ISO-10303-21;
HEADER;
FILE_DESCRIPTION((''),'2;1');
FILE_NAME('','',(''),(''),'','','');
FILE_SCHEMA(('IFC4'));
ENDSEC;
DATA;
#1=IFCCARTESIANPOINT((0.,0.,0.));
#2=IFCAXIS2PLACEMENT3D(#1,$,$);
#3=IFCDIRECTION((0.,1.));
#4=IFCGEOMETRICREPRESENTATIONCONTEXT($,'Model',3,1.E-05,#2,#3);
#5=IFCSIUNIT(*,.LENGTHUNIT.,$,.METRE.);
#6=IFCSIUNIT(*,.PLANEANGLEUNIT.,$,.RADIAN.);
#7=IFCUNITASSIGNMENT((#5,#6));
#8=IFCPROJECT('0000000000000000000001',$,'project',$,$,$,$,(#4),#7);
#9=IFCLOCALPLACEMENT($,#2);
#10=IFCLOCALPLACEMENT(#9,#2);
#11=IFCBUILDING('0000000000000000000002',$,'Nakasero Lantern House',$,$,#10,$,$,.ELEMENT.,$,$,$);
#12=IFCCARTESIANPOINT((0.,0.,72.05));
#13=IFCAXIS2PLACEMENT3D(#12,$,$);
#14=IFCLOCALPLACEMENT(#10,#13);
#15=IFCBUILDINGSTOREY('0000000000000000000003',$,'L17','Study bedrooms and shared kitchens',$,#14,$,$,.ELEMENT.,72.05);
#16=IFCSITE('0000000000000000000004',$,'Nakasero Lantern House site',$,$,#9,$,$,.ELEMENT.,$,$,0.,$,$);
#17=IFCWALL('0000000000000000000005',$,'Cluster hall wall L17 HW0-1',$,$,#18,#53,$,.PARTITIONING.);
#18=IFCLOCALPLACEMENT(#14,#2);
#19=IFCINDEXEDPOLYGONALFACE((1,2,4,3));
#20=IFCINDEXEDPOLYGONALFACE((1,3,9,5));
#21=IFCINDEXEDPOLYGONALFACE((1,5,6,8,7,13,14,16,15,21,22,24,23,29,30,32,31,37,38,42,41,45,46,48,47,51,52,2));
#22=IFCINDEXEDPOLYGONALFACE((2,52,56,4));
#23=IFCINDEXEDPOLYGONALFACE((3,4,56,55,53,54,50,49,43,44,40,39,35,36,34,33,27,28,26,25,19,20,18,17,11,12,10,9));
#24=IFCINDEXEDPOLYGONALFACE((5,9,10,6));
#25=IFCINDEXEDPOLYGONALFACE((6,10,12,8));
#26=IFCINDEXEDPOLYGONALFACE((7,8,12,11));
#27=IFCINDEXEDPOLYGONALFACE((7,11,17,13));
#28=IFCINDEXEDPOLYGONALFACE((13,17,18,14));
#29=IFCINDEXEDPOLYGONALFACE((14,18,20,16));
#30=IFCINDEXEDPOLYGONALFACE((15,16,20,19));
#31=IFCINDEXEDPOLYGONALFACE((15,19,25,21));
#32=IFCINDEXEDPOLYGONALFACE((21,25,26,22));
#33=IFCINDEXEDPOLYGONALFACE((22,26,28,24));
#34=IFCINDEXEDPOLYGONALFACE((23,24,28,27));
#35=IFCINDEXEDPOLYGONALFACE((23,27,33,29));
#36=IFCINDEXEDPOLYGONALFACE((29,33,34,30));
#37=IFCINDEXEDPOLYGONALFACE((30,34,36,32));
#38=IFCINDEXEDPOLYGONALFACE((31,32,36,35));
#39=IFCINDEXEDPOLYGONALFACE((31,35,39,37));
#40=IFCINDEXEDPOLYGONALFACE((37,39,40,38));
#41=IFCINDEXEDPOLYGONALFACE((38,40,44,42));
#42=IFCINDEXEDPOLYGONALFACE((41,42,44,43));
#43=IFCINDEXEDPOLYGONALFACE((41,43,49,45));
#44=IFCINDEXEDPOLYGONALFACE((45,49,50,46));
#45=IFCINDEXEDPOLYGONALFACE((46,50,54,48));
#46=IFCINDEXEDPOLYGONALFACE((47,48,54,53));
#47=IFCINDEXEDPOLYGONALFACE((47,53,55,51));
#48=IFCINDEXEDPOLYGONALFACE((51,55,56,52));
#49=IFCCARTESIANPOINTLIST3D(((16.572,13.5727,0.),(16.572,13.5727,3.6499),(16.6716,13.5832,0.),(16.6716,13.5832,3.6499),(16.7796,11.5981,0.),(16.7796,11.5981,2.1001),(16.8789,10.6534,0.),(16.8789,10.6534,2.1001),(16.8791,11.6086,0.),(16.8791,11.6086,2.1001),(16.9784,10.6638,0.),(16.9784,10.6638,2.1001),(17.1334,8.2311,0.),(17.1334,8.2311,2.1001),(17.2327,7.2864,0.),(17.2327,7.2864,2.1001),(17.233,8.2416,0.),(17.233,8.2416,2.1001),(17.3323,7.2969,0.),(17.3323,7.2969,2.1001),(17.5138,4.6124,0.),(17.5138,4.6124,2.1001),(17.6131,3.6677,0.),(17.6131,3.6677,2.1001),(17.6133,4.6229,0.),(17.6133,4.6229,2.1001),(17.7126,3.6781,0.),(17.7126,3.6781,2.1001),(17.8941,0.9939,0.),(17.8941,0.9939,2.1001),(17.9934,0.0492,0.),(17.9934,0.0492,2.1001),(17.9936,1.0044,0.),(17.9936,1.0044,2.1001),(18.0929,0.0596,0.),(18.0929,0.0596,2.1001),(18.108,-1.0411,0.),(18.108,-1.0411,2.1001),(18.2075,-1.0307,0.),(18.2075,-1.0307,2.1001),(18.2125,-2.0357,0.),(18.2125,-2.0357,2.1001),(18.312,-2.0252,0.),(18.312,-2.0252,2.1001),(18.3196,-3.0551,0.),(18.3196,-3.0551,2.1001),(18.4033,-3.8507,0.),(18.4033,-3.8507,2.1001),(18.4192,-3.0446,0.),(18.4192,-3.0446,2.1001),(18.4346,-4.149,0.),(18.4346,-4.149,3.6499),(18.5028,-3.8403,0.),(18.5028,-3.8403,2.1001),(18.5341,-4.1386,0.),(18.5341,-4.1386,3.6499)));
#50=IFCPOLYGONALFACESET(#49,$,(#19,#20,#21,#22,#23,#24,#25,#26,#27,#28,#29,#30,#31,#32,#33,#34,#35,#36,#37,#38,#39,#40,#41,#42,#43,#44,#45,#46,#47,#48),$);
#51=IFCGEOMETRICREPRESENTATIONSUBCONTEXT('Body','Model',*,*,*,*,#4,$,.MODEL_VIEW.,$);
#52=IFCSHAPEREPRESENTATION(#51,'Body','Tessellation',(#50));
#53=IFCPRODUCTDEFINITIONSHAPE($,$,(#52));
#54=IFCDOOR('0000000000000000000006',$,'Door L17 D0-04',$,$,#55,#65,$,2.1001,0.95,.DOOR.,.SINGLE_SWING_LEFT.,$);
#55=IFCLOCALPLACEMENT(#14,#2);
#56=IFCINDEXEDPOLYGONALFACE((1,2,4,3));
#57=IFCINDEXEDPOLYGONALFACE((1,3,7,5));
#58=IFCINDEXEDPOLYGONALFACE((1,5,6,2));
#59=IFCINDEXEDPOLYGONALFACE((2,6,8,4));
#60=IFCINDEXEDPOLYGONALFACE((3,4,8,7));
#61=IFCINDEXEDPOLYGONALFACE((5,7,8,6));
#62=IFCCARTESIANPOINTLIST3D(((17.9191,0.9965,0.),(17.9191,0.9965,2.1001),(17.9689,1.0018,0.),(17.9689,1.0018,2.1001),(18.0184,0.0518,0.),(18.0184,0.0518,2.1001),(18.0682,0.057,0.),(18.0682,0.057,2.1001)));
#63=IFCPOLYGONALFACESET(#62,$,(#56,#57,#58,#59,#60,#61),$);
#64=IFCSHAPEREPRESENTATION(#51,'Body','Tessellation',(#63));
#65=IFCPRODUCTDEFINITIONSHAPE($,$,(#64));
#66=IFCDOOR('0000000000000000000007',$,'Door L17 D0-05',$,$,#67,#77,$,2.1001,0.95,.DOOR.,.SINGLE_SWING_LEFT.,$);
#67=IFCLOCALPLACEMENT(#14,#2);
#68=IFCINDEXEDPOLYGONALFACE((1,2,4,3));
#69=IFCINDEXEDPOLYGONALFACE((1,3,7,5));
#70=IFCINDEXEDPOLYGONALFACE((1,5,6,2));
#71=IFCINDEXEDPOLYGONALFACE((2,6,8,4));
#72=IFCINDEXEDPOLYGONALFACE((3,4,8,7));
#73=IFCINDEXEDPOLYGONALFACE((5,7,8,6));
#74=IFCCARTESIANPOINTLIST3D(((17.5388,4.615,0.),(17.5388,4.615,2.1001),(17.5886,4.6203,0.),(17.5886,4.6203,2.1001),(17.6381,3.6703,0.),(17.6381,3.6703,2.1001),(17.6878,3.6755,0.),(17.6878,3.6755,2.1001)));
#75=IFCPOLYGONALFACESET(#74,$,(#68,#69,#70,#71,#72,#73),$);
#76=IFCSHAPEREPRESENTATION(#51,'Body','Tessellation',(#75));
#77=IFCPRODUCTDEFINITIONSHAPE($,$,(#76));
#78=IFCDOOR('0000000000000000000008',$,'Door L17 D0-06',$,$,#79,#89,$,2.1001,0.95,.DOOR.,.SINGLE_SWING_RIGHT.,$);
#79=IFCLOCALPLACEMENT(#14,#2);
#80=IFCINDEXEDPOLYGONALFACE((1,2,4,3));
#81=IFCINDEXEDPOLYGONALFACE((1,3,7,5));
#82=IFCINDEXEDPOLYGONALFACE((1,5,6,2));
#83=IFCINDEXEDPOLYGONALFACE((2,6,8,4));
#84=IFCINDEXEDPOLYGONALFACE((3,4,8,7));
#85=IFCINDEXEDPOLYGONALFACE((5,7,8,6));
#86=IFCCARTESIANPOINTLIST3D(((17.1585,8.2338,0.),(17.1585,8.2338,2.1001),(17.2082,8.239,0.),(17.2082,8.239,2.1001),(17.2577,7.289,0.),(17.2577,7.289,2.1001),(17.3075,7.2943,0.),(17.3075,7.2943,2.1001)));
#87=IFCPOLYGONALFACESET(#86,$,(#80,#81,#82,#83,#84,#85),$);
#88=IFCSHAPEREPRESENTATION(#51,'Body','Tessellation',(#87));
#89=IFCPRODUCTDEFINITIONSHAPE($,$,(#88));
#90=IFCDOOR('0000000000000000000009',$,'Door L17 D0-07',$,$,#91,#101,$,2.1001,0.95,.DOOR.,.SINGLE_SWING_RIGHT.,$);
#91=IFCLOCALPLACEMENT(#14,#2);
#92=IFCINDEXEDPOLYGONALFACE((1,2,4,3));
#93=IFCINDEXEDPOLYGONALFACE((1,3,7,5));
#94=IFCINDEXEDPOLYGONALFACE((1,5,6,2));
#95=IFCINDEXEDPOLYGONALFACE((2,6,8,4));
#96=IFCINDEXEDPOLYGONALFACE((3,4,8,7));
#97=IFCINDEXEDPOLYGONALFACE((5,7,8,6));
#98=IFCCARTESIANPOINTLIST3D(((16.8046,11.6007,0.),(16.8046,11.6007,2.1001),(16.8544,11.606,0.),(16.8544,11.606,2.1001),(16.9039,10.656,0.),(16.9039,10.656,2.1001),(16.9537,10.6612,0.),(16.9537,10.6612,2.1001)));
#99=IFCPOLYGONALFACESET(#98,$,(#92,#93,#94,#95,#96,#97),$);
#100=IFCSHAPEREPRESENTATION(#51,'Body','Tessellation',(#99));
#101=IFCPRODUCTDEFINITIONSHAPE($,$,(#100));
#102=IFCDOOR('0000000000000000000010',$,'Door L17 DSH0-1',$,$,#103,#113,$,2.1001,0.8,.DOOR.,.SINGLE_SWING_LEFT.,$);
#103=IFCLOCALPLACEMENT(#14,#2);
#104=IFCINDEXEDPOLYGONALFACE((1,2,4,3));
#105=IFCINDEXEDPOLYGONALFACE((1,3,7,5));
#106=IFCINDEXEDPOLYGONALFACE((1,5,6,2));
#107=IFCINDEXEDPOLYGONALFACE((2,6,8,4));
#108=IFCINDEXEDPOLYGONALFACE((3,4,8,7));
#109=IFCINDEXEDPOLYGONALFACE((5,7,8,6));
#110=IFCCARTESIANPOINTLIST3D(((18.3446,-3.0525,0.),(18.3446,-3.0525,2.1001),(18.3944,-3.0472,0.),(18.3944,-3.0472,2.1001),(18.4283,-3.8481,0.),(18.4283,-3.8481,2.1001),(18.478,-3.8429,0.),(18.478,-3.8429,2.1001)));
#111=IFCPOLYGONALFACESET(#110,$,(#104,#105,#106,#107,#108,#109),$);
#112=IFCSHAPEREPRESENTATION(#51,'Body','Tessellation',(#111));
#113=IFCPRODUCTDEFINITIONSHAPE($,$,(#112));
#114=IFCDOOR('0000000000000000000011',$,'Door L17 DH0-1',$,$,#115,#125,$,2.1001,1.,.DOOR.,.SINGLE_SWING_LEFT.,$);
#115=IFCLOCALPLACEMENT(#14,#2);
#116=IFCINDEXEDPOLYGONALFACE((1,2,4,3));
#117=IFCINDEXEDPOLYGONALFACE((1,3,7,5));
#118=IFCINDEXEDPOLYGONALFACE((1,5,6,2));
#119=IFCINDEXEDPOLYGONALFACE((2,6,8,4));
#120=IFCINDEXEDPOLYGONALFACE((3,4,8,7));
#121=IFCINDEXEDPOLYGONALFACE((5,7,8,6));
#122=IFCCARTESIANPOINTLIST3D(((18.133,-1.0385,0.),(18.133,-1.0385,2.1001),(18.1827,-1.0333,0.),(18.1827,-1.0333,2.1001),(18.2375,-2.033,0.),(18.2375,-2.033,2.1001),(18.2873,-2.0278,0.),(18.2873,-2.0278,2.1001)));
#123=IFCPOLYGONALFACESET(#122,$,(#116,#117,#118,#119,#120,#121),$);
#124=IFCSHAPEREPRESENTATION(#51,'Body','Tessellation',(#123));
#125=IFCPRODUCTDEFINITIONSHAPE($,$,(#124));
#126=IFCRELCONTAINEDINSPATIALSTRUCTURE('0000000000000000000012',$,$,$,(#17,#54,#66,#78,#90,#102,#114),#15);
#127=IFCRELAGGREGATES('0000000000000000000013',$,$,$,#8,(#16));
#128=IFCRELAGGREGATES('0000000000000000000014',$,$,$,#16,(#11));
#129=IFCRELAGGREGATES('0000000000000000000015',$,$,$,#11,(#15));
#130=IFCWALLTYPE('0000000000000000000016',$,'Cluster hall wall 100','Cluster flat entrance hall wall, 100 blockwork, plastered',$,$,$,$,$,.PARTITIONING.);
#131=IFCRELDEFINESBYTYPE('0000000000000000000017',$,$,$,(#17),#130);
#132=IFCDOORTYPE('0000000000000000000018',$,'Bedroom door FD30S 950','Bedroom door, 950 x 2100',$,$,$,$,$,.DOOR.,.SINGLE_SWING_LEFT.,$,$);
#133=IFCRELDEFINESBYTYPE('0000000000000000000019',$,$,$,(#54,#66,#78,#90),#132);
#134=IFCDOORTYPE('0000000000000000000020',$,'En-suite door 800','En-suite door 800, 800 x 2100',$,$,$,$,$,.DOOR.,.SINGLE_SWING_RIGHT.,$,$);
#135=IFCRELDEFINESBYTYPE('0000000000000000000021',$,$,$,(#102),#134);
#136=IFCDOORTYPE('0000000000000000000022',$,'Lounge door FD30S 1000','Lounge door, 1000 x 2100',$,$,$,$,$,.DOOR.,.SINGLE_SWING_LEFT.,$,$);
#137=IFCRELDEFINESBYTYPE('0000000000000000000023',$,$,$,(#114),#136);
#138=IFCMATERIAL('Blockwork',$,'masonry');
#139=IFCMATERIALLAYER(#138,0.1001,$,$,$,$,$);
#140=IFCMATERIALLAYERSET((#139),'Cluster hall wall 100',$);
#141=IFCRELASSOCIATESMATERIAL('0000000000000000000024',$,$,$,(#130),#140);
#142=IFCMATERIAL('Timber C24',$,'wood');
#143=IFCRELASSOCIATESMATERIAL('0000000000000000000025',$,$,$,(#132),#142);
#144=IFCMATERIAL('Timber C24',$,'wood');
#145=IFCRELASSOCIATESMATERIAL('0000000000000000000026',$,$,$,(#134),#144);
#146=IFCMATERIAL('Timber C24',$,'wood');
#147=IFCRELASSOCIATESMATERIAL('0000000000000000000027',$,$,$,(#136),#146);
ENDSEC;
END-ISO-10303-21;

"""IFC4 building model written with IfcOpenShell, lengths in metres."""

from ifc_helpers import new_model, si_unit, direction, frame, frame_2d, origin, place, context, subcontext, project, spatial, rectangle, extrude, material, layer, layer_set, type_object, element, fill, save


model = new_model("IFC4")

# Units and contexts
model_context = context("Model", 3, precision=1e-05, world=origin(), true_north=direction((0.0, 1.0)))
body_context = subcontext(model_context, "Body", "Model", "MODEL_VIEW")
ifc_project = project(units=[si_unit("LENGTHUNIT", "METRE"), si_unit("PLANEANGLEUNIT", "RADIAN")], contexts=[model_context])

# Site, building, storey
site_placement = place(None, origin())
site = spatial("IfcSite", under=ifc_project, at=site_placement, Name="Nakasero Lantern House site", CompositionType="ELEMENT", RefElevation=0.0)
building_placement = place(site_placement, origin())
building = spatial("IfcBuilding", under=site, at=building_placement, Name="Nakasero Lantern House", CompositionType="ELEMENT")
storey_placement = place(building_placement, frame((0.0, 0.0, 72.05)))
storey = spatial("IfcBuildingStorey", under=building, at=storey_placement, Name="L17", Description="Study bedrooms and shared kitchens", CompositionType="ELEMENT", Elevation=72.05)

# Wall, openings, doors
ifc_material_1 = material(Name="Blockwork", Category="masonry")
ifc_layer_1 = layer(ifc_material_1, 0.1001)
ifc_layer_set_1 = layer_set([ifc_layer_1], Name="Cluster hall wall 100")
wall_type_1 = type_object("IfcWallType", Name="Cluster hall wall 100", Description="Cluster flat entrance hall wall, 100 blockwork, plastered", PredefinedType="PARTITIONING", material=ifc_layer_set_1)
wall_1_placement = place(storey_placement, frame((18.4844, -4.1438, 0.0), z_axis=(0.0, 0.0, 1.0), x_axis=(-0.104524, 0.994522, 0.0)))
wall_1 = element("IfcWall", 1, at=wall_1_placement, inside=storey, type_object=wall_type_1, Name="Cluster hall wall L17 HW0-1", PredefinedType="PARTITIONING", context=body_context, shape_type="SweptSolid", body=[
    extrude(rectangle(XDim=17.8193, YDim=0.1001, at=frame_2d((8.9097, 0.0))), origin(), (0.0, 0.0, 1.0), 3.6499),
])
opening_1_placement = place(wall_1_placement, frame((2.125, 0.0, 0.0)))
opening_1 = element("IfcOpeningElement", 2, at=opening_1_placement, cuts=wall_1, PredefinedType="OPENING", context=body_context, shape_type="SweptSolid", body=[
    extrude(rectangle(XDim=1.0, YDim=2.1001, at=frame_2d((0.5, 1.05))), frame((0.0, 0.0701, 0.0), z_axis=(0.0, -1.0, 0.0), x_axis=(1.0, 0.0, 0.0)), (0.0, 0.0, 1.0), 0.1401),
])
opening_2_placement = place(wall_1_placement, frame((0.3, 0.0, 0.0)))
opening_2 = element("IfcOpeningElement", 3, at=opening_2_placement, cuts=wall_1, PredefinedType="OPENING", context=body_context, shape_type="SweptSolid", body=[
    extrude(rectangle(XDim=0.8, YDim=2.1001, at=frame_2d((0.3999, 1.05))), frame((0.0, 0.0701, 0.0), z_axis=(0.0, -1.0, 0.0), x_axis=(1.0, 0.0, 0.0)), (0.0, 0.0, 1.0), 0.1401),
])
opening_3_placement = place(wall_1_placement, frame((4.2212, 0.0, 0.0)))
opening_3 = element("IfcOpeningElement", 4, at=opening_3_placement, cuts=wall_1, PredefinedType="OPENING", context=body_context, shape_type="SweptSolid", body=[
    extrude(rectangle(XDim=0.95, YDim=2.1001, at=frame_2d((0.4751, 1.05))), frame((0.0, 0.0701, 0.0), z_axis=(0.0, -1.0, 0.0), x_axis=(1.0, 0.0, 0.0)), (0.0, 0.0, 1.0), 0.1401),
])
opening_4_placement = place(wall_1_placement, frame((7.8596, 0.0, 0.0)))
opening_4 = element("IfcOpeningElement", 5, at=opening_4_placement, cuts=wall_1, PredefinedType="OPENING", context=body_context, shape_type="SweptSolid", body=[
    extrude(rectangle(XDim=0.95, YDim=2.1001, at=frame_2d((0.4751, 1.05))), frame((0.0, 0.0701, 0.0), z_axis=(0.0, -1.0, 0.0), x_axis=(1.0, 0.0, 0.0)), (0.0, 0.0, 1.0), 0.1401),
])
opening_5_placement = place(wall_1_placement, frame((11.4983, 0.0, 0.0)))
opening_5 = element("IfcOpeningElement", 6, at=opening_5_placement, cuts=wall_1, PredefinedType="OPENING", context=body_context, shape_type="SweptSolid", body=[
    extrude(rectangle(XDim=0.95, YDim=2.1001, at=frame_2d((0.4751, 1.05))), frame((0.0, 0.0701, 0.0), z_axis=(0.0, -1.0, 0.0), x_axis=(1.0, 0.0, 0.0)), (0.0, 0.0, 1.0), 0.1401),
])
opening_6_placement = place(wall_1_placement, frame((14.8838, 0.0, 0.0)))
opening_6 = element("IfcOpeningElement", 7, at=opening_6_placement, cuts=wall_1, PredefinedType="OPENING", context=body_context, shape_type="SweptSolid", body=[
    extrude(rectangle(XDim=0.95, YDim=2.1001, at=frame_2d((0.4751, 1.05))), frame((0.0, 0.0701, 0.0), z_axis=(0.0, -1.0, 0.0), x_axis=(1.0, 0.0, 0.0)), (0.0, 0.0, 1.0), 0.1401),
])
ifc_material_2 = material(Name="Timber C24", Category="wood")
door_type_1 = type_object("IfcDoorType", Name="Bedroom door FD30S 950", Description="Bedroom door, 950 x 2100", OperationType="SINGLE_SWING_LEFT", PredefinedType="DOOR", material=ifc_material_2)
door_1_placement = place(opening_3_placement, origin())
door_1 = element("IfcDoor", 8, at=door_1_placement, inside=storey, type_object=door_type_1, Name="Door L17 D0-04", OperationType="SINGLE_SWING_LEFT", OverallHeight=2.1001, OverallWidth=0.95, PredefinedType="DOOR", context=body_context, shape_type="SweptSolid", body=[
    extrude(rectangle(XDim=0.95, YDim=2.1001, at=frame_2d((0.4751, 1.05))), frame((0.0, 0.0249, 0.0), z_axis=(0.0, -1.0, 0.0), x_axis=(1.0, 0.0, 0.0)), (0.0, 0.0, 1.0), 0.05),
])
fill(opening_3, door_1)
door_2_placement = place(opening_4_placement, origin())
door_2 = element("IfcDoor", 9, at=door_2_placement, inside=storey, type_object=door_type_1, Name="Door L17 D0-05", OperationType="SINGLE_SWING_LEFT", OverallHeight=2.1001, OverallWidth=0.95, PredefinedType="DOOR", context=body_context, shape_type="SweptSolid", body=[
    extrude(rectangle(XDim=0.95, YDim=2.1001, at=frame_2d((0.4751, 1.05))), frame((0.0, 0.0249, 0.0), z_axis=(0.0, -1.0, 0.0), x_axis=(1.0, 0.0, 0.0)), (0.0, 0.0, 1.0), 0.05),
])
fill(opening_4, door_2)
door_3_placement = place(opening_5_placement, origin())
door_3 = element("IfcDoor", 10, at=door_3_placement, inside=storey, type_object=door_type_1, Name="Door L17 D0-06", OperationType="SINGLE_SWING_RIGHT", OverallHeight=2.1001, OverallWidth=0.95, PredefinedType="DOOR", context=body_context, shape_type="SweptSolid", body=[
    extrude(rectangle(XDim=0.95, YDim=2.1001, at=frame_2d((0.4751, 1.05))), frame((0.0, 0.0249, 0.0), z_axis=(0.0, -1.0, 0.0), x_axis=(1.0, 0.0, 0.0)), (0.0, 0.0, 1.0), 0.05),
])
fill(opening_5, door_3)
door_4_placement = place(opening_6_placement, origin())
door_4 = element("IfcDoor", 11, at=door_4_placement, inside=storey, type_object=door_type_1, Name="Door L17 D0-07", OperationType="SINGLE_SWING_RIGHT", OverallHeight=2.1001, OverallWidth=0.95, PredefinedType="DOOR", context=body_context, shape_type="SweptSolid", body=[
    extrude(rectangle(XDim=0.95, YDim=2.1001, at=frame_2d((0.4751, 1.05))), frame((0.0, 0.0249, 0.0), z_axis=(0.0, -1.0, 0.0), x_axis=(1.0, 0.0, 0.0)), (0.0, 0.0, 1.0), 0.05),
])
fill(opening_6, door_4)
ifc_material_3 = material(Name="Timber C24", Category="wood")
door_type_2 = type_object("IfcDoorType", Name="En-suite door 800", Description="En-suite door 800, 800 x 2100", OperationType="SINGLE_SWING_RIGHT", PredefinedType="DOOR", material=ifc_material_3)
door_5_placement = place(opening_2_placement, origin())
door_5 = element("IfcDoor", 12, at=door_5_placement, inside=storey, type_object=door_type_2, Name="Door L17 DSH0-1", OperationType="SINGLE_SWING_LEFT", OverallHeight=2.1001, OverallWidth=0.8, PredefinedType="DOOR", context=body_context, shape_type="SweptSolid", body=[
    extrude(rectangle(XDim=0.8, YDim=2.1001, at=frame_2d((0.3999, 1.05))), frame((0.0, 0.0249, 0.0), z_axis=(0.0, -1.0, 0.0), x_axis=(1.0, 0.0, 0.0)), (0.0, 0.0, 1.0), 0.05),
])
fill(opening_2, door_5)
ifc_material_4 = material(Name="Timber C24", Category="wood")
door_type_3 = type_object("IfcDoorType", Name="Lounge door FD30S 1000", Description="Lounge door, 1000 x 2100", OperationType="SINGLE_SWING_LEFT", PredefinedType="DOOR", material=ifc_material_4)
door_6_placement = place(opening_1_placement, origin())
door_6 = element("IfcDoor", 13, at=door_6_placement, inside=storey, type_object=door_type_3, Name="Door L17 DH0-1", OperationType="SINGLE_SWING_LEFT", OverallHeight=2.1001, OverallWidth=1.0, PredefinedType="DOOR", context=body_context, shape_type="SweptSolid", body=[
    extrude(rectangle(XDim=1.0, YDim=2.1001, at=frame_2d((0.5, 1.05))), frame((0.0, 0.0249, 0.0), z_axis=(0.0, -1.0, 0.0), x_axis=(1.0, 0.0, 0.0)), (0.0, 0.0, 1.0), 0.05),
])
fill(opening_1, door_6)

save(model, "model.ifc")
